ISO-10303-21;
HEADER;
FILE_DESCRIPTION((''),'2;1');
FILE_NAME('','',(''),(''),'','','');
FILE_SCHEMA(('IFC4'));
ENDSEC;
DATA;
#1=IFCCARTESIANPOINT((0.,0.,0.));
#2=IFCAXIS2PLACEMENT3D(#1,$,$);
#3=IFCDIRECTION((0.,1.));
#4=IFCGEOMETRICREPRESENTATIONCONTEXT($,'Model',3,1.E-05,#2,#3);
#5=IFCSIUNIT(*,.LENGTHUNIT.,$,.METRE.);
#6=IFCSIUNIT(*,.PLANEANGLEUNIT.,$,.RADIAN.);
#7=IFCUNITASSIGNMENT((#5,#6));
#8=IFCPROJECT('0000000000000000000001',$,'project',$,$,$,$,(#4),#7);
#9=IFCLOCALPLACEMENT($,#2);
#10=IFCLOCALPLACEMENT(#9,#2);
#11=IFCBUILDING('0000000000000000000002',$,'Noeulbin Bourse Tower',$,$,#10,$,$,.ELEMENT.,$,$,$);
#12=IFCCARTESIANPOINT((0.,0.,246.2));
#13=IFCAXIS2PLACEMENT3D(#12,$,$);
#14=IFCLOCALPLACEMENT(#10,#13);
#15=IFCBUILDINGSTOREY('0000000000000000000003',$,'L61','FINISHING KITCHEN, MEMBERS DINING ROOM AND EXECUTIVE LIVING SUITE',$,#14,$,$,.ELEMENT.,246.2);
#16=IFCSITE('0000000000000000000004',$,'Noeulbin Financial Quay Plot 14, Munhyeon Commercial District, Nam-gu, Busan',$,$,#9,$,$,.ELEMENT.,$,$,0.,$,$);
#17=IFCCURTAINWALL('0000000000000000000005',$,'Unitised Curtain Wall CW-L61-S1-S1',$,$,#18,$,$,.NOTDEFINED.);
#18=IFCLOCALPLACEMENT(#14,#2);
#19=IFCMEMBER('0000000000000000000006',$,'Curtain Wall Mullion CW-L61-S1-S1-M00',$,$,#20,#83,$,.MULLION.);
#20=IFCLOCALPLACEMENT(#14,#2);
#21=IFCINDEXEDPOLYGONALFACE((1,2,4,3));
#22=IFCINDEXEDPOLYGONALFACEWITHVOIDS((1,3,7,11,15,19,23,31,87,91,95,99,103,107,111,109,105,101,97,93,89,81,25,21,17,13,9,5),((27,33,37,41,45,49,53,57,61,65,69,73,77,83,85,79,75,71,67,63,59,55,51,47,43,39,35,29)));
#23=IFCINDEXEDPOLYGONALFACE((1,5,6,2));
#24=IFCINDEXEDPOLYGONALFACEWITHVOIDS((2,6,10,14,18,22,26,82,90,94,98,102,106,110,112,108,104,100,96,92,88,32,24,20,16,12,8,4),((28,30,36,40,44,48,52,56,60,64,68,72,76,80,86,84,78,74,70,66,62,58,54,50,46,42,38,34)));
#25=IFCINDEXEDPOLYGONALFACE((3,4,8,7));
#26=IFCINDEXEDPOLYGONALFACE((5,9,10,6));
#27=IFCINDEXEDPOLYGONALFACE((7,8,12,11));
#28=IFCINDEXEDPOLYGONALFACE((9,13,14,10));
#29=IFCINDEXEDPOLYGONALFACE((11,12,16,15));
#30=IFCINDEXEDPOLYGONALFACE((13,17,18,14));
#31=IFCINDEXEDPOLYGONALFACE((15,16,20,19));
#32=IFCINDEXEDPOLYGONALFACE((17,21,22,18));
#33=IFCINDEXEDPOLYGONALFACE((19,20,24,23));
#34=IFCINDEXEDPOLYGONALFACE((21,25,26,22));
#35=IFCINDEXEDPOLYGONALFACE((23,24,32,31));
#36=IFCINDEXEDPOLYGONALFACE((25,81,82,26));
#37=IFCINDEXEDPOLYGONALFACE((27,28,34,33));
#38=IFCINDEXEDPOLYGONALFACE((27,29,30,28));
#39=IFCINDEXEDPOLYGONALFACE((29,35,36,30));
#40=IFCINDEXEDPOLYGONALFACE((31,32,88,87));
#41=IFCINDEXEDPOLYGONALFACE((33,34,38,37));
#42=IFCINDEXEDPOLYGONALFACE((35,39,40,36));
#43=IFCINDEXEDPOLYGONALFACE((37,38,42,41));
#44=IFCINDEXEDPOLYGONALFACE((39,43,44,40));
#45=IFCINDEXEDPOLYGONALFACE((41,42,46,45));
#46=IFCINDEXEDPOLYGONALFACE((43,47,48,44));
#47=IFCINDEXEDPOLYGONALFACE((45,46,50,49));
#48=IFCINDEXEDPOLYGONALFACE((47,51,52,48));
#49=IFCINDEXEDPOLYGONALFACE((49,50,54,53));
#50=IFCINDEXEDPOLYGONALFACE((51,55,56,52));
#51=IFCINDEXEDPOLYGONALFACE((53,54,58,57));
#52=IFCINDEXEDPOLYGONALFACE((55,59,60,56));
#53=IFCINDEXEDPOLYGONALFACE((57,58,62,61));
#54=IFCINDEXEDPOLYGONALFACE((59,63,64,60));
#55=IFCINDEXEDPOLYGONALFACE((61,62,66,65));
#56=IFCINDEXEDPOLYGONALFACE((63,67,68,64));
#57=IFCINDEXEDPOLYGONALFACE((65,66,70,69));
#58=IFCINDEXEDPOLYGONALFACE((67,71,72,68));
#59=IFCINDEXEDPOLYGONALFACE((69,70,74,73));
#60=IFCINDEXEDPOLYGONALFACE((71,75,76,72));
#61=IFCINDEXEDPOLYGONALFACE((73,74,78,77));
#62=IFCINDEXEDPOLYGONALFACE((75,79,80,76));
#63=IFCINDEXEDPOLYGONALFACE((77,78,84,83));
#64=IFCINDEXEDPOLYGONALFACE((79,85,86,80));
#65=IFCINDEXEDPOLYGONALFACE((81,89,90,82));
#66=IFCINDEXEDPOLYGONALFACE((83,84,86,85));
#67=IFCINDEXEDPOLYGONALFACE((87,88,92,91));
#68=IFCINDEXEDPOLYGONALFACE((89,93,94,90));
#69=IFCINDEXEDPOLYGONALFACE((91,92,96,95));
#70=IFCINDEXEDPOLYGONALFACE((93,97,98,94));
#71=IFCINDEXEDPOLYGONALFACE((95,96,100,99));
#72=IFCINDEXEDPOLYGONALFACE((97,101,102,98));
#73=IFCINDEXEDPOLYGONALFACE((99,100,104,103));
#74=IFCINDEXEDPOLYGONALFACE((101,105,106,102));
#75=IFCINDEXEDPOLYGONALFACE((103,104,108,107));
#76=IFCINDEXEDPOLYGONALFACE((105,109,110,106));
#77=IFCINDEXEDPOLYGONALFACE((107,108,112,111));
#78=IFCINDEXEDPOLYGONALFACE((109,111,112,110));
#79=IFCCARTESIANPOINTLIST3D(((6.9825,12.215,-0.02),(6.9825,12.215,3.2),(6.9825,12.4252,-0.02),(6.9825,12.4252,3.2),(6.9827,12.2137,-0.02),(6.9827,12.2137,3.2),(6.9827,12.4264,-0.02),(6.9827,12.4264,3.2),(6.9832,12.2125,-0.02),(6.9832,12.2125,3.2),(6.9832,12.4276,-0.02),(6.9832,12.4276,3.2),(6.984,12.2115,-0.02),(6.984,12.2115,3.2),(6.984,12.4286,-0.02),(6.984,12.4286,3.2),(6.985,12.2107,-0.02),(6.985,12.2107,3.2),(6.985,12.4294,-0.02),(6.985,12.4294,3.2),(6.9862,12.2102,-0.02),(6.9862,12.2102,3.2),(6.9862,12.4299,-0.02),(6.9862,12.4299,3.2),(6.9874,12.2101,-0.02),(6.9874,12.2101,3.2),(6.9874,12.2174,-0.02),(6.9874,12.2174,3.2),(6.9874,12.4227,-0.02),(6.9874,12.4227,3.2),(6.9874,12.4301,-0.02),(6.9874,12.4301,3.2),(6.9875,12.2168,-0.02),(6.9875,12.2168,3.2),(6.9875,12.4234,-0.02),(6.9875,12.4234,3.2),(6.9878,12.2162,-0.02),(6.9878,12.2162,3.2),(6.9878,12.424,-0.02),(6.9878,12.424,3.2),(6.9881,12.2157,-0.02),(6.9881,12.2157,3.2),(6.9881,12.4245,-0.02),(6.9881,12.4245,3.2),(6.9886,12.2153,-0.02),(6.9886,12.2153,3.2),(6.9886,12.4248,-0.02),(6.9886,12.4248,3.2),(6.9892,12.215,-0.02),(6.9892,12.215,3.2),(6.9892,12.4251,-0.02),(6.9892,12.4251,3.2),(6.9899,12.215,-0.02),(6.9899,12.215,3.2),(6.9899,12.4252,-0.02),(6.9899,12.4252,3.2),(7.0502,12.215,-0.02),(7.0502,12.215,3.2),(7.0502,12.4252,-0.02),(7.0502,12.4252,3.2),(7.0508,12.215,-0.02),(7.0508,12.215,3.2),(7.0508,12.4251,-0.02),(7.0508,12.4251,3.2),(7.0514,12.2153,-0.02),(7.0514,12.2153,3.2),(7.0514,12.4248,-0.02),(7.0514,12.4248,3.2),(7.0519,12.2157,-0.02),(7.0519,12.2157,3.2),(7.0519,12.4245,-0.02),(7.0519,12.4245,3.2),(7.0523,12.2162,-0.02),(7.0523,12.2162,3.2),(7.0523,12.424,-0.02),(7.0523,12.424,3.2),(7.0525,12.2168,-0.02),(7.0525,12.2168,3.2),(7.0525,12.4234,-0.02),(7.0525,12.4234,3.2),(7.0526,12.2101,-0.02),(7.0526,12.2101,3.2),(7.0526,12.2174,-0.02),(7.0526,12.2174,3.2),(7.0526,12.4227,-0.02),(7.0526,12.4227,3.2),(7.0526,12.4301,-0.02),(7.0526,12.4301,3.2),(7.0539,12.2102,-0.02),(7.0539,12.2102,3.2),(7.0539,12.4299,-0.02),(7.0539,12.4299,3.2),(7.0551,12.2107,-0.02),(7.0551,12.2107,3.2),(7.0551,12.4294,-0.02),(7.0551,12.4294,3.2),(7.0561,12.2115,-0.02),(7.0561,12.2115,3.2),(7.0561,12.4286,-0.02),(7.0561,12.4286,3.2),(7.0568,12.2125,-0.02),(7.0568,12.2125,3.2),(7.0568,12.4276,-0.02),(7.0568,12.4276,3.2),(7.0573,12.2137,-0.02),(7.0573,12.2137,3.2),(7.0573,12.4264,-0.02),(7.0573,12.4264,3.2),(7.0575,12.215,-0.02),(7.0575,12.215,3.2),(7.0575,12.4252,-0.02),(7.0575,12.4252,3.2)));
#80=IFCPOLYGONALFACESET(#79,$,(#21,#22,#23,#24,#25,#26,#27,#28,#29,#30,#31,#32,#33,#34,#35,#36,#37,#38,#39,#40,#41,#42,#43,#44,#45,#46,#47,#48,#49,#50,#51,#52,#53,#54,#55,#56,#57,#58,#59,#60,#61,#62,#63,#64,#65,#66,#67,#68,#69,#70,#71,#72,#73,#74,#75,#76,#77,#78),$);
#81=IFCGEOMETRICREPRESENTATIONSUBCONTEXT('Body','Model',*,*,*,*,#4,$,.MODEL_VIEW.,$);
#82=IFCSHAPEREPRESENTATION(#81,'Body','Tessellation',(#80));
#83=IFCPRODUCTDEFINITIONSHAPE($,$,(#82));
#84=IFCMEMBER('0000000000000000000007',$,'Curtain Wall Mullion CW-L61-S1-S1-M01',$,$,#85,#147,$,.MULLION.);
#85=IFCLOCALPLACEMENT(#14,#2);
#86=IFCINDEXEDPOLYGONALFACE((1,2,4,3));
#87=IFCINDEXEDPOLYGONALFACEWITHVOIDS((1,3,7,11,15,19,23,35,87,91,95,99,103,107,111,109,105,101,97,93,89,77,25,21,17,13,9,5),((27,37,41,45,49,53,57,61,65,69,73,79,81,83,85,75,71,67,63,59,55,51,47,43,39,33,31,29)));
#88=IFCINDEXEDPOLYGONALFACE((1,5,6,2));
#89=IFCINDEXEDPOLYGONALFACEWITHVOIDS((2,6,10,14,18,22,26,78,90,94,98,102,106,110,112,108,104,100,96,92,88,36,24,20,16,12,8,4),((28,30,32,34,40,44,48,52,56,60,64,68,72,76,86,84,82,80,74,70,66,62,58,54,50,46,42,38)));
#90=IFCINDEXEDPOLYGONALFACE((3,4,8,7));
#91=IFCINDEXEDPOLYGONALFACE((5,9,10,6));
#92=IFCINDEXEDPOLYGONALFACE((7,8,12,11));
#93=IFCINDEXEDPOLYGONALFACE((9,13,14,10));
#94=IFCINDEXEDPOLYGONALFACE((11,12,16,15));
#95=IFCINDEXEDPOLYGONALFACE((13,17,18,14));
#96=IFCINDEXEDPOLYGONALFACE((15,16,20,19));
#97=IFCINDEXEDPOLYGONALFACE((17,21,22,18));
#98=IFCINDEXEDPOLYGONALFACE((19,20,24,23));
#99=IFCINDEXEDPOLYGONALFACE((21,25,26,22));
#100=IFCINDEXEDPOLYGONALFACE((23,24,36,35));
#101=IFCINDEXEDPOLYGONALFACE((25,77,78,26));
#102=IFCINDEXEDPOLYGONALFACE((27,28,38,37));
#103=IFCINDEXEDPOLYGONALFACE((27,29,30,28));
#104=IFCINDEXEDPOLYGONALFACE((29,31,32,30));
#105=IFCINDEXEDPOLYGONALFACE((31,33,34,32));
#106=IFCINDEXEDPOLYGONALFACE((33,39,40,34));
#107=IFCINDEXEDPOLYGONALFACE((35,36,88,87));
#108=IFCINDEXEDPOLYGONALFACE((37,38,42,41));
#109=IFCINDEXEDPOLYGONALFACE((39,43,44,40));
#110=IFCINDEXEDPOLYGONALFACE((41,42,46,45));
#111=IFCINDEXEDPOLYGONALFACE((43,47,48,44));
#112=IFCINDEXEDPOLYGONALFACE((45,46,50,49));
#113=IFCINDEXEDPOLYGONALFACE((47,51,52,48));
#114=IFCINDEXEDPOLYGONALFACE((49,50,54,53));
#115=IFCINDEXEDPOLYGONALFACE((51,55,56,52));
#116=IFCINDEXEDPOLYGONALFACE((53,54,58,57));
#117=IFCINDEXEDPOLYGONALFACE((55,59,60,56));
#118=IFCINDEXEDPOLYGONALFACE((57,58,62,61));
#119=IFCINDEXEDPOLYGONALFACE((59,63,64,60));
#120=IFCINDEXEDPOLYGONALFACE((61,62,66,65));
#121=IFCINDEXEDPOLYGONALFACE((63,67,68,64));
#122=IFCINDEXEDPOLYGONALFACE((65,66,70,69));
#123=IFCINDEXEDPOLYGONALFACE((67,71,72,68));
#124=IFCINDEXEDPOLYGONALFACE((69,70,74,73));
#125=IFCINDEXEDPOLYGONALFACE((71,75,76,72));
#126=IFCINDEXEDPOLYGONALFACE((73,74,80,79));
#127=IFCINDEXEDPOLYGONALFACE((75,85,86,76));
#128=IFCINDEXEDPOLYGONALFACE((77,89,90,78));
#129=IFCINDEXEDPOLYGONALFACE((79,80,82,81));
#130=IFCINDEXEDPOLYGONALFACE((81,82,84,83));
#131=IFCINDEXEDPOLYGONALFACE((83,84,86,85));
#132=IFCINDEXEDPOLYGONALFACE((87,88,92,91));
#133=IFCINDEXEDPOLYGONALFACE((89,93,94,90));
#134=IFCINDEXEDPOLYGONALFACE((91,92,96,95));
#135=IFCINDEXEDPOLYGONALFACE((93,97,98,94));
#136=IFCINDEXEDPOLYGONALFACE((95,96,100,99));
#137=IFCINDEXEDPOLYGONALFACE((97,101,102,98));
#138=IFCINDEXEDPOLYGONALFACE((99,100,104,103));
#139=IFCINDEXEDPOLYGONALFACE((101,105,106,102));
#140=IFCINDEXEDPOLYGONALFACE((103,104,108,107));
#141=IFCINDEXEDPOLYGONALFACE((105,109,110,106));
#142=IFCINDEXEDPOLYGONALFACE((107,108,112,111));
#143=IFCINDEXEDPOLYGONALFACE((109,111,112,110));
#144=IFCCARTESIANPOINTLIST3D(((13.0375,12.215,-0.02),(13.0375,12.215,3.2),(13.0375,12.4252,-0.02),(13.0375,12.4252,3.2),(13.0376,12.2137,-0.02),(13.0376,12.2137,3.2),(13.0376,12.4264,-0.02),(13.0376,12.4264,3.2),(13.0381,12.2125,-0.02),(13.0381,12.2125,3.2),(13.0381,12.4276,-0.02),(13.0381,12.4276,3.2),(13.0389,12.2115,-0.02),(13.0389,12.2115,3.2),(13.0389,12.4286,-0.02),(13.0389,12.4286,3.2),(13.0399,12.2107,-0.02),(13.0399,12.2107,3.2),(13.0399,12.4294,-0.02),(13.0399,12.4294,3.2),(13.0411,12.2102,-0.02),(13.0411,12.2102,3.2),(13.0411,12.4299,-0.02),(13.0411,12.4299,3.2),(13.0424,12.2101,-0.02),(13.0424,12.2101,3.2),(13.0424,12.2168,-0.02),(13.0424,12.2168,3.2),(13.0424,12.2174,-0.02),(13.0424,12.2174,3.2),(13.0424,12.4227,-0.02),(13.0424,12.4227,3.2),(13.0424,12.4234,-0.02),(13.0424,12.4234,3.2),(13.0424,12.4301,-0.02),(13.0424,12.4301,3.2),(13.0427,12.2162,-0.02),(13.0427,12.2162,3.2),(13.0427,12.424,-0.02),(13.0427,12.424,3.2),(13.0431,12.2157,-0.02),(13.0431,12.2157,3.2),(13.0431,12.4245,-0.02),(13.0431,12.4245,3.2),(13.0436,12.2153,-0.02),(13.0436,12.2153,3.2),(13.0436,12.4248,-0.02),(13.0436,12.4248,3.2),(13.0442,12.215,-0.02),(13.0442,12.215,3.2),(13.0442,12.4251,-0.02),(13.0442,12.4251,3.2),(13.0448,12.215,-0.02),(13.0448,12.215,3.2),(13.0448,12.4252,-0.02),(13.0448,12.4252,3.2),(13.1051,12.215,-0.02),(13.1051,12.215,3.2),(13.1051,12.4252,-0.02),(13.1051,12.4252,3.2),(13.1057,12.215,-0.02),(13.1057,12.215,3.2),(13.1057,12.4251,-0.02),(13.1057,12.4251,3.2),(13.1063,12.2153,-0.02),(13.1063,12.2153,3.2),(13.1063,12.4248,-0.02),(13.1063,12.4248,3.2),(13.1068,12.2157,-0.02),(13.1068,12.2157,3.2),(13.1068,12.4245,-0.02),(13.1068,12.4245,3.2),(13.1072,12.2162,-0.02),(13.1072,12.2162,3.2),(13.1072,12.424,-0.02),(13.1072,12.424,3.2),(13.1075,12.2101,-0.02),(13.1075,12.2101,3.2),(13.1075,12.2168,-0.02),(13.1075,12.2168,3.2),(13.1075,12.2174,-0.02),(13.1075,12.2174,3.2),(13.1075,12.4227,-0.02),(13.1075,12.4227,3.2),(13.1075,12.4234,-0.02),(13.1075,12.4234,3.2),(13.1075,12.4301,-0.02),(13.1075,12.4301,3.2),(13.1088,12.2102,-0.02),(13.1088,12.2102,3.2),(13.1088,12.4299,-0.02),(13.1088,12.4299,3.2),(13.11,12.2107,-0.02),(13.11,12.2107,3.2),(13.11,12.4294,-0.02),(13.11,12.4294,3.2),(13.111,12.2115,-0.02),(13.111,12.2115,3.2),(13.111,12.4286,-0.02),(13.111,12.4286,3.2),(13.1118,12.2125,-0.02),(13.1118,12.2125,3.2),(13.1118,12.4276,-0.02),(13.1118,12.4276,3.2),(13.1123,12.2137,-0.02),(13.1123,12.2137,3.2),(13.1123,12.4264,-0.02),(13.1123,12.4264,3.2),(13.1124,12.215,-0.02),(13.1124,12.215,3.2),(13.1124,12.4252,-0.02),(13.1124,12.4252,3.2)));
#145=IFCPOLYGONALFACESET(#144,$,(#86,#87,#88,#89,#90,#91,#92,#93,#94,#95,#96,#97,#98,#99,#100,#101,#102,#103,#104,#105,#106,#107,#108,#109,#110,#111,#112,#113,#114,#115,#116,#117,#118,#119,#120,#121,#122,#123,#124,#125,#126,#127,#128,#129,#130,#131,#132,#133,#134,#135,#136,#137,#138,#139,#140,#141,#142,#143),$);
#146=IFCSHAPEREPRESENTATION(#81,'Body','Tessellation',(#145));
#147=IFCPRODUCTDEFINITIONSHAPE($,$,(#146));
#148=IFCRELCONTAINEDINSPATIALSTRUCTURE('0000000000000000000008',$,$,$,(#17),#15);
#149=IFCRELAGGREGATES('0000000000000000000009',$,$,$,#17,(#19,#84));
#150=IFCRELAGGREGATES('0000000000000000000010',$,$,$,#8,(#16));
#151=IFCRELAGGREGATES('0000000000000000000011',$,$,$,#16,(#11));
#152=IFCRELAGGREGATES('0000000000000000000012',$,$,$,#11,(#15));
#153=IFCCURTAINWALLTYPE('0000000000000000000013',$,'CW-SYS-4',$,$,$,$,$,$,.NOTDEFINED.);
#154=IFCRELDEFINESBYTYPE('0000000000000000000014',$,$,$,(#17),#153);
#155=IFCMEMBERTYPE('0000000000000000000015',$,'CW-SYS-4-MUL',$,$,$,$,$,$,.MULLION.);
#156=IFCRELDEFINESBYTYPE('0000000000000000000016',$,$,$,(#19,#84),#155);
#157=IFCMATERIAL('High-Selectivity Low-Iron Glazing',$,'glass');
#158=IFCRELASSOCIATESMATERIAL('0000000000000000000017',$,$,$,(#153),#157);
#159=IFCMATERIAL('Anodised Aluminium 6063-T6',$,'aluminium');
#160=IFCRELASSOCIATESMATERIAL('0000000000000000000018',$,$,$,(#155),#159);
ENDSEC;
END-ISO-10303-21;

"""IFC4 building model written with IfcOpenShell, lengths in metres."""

from ifc_helpers import new_model, si_unit, direction, frame, origin, origin_2d, place, context, subcontext, project, spatial, hollow_rectangle, extrude, material, material_profile, profile_set, type_object, element, aggregate, save


model = new_model("IFC4")

# Units and contexts
model_context = context("Model", 3, precision=1e-05, world=origin(), true_north=direction((0.0, 1.0)))
body_context = subcontext(model_context, "Body", "Model", "MODEL_VIEW")
ifc_project = project(units=[si_unit("LENGTHUNIT", "METRE"), si_unit("PLANEANGLEUNIT", "RADIAN")], contexts=[model_context])

# Site, building, storey
site_placement = place(None, origin())
site = spatial("IfcSite", under=ifc_project, at=site_placement, Name="Noeulbin Financial Quay Plot 14, Munhyeon Commercial District, Nam-gu, Busan", CompositionType="ELEMENT", RefElevation=0.0)
building_placement = place(site_placement, origin())
building = spatial("IfcBuilding", under=site, at=building_placement, Name="Noeulbin Bourse Tower", CompositionType="ELEMENT")
storey_placement = place(building_placement, frame((0.0, 0.0, 246.2)))
storey = spatial("IfcBuildingStorey", under=building, at=storey_placement, Name="L61", Description="FINISHING KITCHEN, MEMBERS DINING ROOM AND EXECUTIVE LIVING SUITE", CompositionType="ELEMENT", Elevation=246.2)

# Curtain wall, members
ifc_material_1 = material(Name="High-Selectivity Low-Iron Glazing", Category="glass")
curtain_wall_type = type_object("IfcCurtainWallType", Name="CW-SYS-4", PredefinedType="NOTDEFINED", material=ifc_material_1)
curtain_wall_1_placement = place(storey_placement, origin())
curtain_wall_1 = element("IfcCurtainWall", 1, at=curtain_wall_1_placement, inside=storey, type_object=curtain_wall_type, Name="Unitised Curtain Wall CW-L61-S1-S1", PredefinedType="NOTDEFINED")
ifc_material_2 = material(Name="Anodised Aluminium 6063-T6", Category="aluminium")
ifc_material_profile_1 = material_profile(ifc_material_2, hollow_rectangle(XDim=0.075, YDim=0.22, WallThickness=0.0049, InnerFilletRadius=0.0024, OuterFilletRadius=0.0049, at=origin_2d()), Name="ALU-MULL-75x220x5", Category="LoadBearing")
ifc_profile_set_1 = profile_set([ifc_material_profile_1], Name="Anodised Aluminium 6063-T6")
member_type_1 = type_object("IfcMemberType", Name="CW-SYS-4-MUL", PredefinedType="MULLION", material=ifc_profile_set_1)
member_1_placement = place(storey_placement, frame((7.02, 12.3201, -0.02), z_axis=(0.0, 0.0, 1.0), x_axis=(1.0, 0.0, 0.0)))
member_1 = element("IfcMember", 2, at=member_1_placement, type_object=member_type_1, Name="Curtain Wall Mullion CW-L61-S1-S1-M00", PredefinedType="MULLION", context=body_context, shape_type="SweptSolid", body=[
    extrude(hollow_rectangle(XDim=0.075, YDim=0.22, WallThickness=0.0049, InnerFilletRadius=0.0024, OuterFilletRadius=0.0049, at=origin_2d()), origin(), (0.0, 0.0, 1.0), 3.22),
])
member_2_placement = place(storey_placement, frame((13.075, 12.3201, -0.02), z_axis=(0.0, 0.0, 1.0), x_axis=(1.0, 0.0, 0.0)))
member_2 = element("IfcMember", 3, at=member_2_placement, type_object=member_type_1, Name="Curtain Wall Mullion CW-L61-S1-S1-M01", PredefinedType="MULLION", context=body_context, shape_type="SweptSolid", body=[
    extrude(hollow_rectangle(XDim=0.075, YDim=0.22, WallThickness=0.0049, InnerFilletRadius=0.0024, OuterFilletRadius=0.0049, at=origin_2d()), origin(), (0.0, 0.0, 1.0), 3.22),
])

aggregate(curtain_wall_1, [member_1, member_2])

save(model, "model.ifc")
